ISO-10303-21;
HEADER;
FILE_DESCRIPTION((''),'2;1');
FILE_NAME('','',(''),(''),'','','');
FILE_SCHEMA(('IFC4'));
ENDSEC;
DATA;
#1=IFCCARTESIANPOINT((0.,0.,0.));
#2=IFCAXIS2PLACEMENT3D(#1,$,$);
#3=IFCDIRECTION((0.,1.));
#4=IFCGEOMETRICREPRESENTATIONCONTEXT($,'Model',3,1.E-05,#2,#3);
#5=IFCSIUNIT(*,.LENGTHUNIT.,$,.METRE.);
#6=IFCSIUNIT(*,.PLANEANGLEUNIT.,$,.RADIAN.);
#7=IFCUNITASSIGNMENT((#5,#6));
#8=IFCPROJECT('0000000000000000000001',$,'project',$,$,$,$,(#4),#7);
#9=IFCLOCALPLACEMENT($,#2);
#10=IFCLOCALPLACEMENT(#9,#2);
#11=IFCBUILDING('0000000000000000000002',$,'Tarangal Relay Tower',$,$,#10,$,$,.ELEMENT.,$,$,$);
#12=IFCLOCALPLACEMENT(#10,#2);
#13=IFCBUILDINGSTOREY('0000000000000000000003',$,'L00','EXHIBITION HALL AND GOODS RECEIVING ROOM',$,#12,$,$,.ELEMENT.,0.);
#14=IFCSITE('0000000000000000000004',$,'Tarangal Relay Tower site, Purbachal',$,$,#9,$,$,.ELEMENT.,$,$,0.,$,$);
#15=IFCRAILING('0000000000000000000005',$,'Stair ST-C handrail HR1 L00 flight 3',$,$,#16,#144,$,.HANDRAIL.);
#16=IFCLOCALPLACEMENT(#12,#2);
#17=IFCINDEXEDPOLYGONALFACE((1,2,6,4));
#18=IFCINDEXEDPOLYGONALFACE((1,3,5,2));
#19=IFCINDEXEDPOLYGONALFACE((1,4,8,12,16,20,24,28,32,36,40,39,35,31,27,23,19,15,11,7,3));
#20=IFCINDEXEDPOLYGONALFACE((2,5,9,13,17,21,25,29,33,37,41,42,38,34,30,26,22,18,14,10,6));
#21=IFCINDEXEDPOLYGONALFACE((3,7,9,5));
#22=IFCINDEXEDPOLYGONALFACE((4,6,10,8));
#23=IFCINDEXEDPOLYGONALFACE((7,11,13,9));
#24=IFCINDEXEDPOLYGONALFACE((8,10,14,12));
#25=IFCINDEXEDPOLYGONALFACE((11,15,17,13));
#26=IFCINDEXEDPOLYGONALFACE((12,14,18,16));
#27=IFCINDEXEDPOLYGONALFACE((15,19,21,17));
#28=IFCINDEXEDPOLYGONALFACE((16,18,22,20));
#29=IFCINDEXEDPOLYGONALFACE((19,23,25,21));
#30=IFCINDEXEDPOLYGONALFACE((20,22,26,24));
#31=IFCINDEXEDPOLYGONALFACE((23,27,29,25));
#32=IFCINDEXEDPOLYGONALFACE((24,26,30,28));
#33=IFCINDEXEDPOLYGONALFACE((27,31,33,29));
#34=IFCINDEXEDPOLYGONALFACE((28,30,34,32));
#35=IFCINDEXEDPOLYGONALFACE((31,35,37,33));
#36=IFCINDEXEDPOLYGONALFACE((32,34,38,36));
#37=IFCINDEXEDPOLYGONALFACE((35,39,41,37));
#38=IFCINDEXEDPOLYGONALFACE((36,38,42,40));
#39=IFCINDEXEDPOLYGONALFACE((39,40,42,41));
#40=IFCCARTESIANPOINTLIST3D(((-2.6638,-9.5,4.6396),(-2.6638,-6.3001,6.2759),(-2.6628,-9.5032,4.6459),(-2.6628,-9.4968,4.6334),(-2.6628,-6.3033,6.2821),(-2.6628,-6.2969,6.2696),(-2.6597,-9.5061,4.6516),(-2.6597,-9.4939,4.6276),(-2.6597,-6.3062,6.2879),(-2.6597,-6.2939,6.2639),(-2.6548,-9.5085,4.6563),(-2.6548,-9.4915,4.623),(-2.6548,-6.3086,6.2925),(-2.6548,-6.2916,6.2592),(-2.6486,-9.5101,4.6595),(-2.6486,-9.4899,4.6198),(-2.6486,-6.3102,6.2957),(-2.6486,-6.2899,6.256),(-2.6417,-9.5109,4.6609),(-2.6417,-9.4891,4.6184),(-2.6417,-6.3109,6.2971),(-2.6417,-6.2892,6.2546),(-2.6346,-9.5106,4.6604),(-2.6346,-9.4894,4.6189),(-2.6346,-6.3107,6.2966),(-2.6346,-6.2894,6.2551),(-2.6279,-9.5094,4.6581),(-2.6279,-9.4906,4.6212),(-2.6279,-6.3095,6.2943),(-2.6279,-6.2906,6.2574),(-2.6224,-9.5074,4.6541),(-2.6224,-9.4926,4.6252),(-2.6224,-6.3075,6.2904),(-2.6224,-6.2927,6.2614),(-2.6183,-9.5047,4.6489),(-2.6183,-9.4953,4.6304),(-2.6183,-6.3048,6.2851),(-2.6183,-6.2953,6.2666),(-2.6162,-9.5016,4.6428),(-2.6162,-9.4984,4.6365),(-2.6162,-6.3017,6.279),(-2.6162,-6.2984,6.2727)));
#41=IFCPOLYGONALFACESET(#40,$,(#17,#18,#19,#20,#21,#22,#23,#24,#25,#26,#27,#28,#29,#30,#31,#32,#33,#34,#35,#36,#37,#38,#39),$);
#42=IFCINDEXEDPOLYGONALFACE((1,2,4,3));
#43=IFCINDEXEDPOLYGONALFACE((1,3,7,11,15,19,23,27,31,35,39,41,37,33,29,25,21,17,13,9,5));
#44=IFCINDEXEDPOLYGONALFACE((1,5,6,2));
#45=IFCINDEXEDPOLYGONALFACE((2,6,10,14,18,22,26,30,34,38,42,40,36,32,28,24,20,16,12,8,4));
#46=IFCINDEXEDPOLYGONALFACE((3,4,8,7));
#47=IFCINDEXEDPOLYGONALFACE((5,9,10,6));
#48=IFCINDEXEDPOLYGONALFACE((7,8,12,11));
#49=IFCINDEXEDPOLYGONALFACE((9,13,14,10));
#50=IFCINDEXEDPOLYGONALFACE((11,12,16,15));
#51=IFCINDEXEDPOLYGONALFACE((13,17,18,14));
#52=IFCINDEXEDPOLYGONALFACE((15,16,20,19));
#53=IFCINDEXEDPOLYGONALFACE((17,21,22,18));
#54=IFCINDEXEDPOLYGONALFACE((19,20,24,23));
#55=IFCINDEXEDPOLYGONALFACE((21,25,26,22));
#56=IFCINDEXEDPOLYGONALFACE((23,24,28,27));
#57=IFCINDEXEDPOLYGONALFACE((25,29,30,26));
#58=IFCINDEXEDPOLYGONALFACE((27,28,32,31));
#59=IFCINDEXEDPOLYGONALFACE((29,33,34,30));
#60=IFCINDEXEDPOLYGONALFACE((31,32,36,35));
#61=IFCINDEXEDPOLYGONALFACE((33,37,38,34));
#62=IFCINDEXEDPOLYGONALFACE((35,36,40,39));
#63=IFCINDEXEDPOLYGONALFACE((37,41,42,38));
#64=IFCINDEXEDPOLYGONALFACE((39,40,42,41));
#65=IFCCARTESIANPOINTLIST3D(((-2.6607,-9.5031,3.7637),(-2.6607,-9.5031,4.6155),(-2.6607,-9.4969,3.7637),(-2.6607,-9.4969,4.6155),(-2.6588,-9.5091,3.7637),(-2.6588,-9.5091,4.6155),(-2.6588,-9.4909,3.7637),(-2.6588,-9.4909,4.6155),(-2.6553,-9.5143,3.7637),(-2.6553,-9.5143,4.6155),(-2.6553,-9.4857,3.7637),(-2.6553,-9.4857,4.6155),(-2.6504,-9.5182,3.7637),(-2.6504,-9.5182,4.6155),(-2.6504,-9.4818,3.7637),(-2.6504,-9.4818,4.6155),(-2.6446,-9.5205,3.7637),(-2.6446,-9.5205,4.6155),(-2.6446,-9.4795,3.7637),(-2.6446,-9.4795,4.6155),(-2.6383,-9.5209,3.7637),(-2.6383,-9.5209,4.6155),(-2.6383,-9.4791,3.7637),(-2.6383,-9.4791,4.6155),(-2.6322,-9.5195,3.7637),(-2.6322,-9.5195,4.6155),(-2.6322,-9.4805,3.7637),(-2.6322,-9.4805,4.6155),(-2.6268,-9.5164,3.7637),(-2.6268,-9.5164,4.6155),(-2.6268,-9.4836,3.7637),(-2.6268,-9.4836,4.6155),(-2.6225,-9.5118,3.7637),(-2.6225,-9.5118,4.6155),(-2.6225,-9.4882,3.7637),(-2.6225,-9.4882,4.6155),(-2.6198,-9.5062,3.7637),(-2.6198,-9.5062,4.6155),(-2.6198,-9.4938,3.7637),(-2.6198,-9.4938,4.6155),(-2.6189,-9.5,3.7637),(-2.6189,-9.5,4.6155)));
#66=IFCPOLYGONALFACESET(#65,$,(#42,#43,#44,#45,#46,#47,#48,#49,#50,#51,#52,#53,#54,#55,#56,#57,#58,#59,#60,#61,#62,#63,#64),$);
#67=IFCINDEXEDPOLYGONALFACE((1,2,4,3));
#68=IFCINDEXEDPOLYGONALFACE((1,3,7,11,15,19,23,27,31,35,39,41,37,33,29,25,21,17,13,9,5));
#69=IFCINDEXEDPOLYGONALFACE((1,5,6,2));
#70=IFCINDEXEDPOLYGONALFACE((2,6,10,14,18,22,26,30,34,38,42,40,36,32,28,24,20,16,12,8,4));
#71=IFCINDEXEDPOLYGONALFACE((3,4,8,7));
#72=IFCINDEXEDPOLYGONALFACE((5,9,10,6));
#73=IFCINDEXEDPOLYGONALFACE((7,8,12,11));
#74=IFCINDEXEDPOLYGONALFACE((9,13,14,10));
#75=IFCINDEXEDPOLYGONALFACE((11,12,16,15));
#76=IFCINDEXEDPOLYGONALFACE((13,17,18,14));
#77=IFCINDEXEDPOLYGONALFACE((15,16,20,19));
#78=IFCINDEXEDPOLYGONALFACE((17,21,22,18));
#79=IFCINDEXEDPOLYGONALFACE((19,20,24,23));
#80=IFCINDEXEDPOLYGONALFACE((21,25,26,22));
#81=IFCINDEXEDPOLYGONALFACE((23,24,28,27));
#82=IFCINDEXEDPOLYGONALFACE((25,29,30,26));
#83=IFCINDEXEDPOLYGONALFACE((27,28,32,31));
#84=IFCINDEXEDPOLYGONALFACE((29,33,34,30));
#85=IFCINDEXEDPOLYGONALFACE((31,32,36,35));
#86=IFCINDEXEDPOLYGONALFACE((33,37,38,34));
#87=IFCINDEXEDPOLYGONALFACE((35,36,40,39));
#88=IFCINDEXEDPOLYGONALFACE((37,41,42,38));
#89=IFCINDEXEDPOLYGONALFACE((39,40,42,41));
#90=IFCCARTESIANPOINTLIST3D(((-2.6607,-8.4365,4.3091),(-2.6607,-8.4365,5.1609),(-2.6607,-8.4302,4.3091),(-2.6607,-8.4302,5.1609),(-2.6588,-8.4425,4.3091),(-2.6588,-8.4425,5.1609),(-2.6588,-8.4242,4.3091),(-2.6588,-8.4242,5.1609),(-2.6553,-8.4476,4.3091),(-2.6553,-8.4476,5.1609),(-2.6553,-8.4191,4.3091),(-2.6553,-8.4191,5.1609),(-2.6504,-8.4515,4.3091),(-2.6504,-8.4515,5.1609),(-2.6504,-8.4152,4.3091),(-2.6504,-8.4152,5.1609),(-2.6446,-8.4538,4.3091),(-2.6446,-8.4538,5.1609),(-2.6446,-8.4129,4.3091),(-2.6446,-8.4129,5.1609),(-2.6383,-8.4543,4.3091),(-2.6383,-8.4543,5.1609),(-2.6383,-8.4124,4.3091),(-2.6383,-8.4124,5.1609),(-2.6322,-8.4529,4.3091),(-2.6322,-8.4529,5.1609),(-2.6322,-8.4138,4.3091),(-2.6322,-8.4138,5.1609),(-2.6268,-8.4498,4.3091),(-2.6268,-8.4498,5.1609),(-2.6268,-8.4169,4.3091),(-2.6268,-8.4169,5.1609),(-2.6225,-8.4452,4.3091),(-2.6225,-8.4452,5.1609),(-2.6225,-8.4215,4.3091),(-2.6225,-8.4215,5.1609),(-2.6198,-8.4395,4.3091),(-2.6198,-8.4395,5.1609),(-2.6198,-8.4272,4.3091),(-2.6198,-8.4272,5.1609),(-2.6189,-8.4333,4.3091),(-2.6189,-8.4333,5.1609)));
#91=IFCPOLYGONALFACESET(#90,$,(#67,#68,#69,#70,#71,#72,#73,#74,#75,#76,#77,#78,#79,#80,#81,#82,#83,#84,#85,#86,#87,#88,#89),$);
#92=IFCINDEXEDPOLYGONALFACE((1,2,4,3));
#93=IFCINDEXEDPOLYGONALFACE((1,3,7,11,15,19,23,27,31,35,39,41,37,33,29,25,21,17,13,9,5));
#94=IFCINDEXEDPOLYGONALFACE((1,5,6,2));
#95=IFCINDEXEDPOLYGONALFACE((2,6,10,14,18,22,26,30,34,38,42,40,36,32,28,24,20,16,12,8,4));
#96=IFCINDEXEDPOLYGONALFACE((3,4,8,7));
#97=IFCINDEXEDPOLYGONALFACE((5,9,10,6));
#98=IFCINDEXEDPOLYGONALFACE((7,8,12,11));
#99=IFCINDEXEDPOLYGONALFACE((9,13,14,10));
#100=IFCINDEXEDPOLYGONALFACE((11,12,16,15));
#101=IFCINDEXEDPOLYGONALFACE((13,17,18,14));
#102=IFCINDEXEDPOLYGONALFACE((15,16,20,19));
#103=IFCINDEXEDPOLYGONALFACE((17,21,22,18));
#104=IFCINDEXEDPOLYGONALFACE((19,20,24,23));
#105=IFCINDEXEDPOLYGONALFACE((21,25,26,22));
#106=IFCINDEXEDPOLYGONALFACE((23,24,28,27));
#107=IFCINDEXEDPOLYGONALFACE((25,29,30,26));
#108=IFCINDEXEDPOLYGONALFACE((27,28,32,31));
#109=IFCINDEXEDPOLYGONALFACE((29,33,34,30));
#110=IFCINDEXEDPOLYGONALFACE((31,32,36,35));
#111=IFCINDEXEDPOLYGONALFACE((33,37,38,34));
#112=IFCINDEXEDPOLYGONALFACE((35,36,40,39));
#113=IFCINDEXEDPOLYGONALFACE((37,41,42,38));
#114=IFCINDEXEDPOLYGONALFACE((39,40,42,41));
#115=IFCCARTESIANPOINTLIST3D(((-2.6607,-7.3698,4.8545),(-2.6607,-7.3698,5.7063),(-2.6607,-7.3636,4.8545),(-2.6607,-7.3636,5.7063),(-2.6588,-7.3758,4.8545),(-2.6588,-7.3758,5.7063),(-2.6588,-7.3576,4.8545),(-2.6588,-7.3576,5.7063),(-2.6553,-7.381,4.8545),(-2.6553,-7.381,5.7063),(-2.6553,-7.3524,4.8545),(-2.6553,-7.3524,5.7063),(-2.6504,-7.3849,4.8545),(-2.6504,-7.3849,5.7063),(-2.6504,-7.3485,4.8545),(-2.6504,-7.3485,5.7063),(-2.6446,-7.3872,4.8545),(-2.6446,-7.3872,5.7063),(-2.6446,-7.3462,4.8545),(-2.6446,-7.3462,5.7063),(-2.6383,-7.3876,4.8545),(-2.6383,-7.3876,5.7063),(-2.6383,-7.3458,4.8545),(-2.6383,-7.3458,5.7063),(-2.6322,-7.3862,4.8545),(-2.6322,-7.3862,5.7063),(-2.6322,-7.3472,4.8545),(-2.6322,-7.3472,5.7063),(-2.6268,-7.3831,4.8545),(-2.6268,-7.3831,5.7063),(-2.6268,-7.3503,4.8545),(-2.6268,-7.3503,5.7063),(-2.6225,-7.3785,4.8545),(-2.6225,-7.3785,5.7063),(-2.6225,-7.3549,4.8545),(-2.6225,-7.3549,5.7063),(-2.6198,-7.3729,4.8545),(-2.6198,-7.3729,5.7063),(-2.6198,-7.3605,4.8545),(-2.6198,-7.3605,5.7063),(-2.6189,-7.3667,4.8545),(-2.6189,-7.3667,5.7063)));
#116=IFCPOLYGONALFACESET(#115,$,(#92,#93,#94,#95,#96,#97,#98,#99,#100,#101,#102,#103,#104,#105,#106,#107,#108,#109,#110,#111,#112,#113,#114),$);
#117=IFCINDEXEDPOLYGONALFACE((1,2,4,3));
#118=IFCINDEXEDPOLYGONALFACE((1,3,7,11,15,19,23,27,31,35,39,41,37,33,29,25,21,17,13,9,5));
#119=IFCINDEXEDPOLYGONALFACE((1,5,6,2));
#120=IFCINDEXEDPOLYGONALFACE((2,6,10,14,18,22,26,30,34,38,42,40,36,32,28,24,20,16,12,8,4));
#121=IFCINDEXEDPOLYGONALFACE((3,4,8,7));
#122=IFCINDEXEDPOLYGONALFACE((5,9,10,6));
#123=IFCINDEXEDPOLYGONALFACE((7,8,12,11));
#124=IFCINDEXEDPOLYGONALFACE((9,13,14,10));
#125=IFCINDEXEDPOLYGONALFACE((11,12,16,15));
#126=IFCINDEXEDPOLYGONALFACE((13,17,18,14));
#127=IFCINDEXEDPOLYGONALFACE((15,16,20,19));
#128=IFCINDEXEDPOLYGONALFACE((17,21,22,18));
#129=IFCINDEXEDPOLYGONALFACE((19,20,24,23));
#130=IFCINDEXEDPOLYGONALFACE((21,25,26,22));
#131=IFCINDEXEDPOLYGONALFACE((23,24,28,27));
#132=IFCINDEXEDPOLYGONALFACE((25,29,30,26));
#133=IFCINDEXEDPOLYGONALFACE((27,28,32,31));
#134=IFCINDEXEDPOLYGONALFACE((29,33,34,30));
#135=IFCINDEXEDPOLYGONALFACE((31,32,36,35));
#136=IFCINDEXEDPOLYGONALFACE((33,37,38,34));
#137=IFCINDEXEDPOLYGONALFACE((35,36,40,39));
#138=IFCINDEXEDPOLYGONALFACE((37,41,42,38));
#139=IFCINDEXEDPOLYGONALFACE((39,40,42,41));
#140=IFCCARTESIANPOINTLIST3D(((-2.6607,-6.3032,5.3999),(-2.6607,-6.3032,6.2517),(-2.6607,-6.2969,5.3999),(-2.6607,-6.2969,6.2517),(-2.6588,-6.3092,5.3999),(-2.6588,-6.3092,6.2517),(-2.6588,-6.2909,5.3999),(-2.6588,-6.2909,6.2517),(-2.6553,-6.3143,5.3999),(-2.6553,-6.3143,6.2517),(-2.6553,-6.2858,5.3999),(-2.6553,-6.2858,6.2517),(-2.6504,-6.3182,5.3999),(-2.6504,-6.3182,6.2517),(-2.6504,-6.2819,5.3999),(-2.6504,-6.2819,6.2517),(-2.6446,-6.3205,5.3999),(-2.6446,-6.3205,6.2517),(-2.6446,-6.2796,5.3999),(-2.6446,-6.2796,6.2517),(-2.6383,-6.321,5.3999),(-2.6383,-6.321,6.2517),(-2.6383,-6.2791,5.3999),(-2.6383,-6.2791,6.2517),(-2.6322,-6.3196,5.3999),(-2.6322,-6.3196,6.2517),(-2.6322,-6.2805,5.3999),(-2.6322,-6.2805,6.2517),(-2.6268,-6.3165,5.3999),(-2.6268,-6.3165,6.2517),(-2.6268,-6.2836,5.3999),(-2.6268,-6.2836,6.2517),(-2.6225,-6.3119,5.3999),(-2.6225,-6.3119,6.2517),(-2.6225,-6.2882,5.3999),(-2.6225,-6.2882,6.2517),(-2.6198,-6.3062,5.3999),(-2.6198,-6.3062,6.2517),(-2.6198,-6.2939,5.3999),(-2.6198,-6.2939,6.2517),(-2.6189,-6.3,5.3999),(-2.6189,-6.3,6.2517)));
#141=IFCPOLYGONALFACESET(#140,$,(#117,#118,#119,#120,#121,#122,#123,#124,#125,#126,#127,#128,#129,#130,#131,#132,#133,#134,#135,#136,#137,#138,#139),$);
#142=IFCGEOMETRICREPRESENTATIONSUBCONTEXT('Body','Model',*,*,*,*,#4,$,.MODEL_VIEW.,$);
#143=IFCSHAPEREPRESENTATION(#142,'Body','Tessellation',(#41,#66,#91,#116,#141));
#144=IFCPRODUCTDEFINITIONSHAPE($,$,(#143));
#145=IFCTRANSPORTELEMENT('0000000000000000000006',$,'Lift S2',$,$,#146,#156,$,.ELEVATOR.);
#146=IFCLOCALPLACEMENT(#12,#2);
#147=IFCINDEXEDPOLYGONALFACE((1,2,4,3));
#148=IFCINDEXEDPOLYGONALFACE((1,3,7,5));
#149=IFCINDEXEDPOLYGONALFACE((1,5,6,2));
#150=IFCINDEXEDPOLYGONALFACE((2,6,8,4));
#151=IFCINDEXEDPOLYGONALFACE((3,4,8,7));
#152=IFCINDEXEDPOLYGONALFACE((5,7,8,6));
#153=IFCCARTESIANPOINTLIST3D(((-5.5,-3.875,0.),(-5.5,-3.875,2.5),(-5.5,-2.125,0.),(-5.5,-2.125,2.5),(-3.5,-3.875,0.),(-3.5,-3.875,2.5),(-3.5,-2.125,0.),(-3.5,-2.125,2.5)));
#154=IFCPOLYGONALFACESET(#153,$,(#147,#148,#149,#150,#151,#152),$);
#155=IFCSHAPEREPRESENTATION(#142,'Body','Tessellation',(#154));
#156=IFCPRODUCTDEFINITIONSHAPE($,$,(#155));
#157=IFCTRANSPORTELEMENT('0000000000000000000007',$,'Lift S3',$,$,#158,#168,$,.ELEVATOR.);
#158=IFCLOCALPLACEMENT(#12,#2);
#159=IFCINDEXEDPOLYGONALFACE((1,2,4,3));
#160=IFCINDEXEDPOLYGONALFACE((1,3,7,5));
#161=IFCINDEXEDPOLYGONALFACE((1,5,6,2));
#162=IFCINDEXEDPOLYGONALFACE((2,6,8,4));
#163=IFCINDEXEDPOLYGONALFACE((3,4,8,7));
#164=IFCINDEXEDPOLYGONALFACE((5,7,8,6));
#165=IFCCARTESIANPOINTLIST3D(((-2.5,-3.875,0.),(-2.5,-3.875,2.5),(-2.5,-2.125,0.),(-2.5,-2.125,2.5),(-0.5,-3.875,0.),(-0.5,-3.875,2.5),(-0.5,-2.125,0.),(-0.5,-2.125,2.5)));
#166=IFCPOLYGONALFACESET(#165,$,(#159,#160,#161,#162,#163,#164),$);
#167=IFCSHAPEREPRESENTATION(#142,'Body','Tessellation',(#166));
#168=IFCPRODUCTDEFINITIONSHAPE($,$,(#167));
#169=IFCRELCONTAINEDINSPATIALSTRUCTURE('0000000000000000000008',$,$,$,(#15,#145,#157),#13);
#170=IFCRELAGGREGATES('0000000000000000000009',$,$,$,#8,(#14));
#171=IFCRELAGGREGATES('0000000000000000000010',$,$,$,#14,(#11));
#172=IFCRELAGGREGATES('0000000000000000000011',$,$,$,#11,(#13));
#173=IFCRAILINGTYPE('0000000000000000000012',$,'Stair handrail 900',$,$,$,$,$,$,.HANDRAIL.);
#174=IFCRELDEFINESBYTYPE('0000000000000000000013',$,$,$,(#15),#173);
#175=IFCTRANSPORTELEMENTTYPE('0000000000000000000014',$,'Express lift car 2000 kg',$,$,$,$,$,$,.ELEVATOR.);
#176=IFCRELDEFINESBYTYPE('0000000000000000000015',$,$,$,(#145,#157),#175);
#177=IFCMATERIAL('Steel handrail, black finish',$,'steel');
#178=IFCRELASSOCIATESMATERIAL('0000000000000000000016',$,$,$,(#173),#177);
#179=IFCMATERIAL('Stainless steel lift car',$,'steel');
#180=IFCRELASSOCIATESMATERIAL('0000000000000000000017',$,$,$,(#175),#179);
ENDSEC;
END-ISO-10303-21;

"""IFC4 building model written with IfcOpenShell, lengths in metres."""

from ifc_helpers import new_model, si_unit, direction, frame, origin, origin_2d, place, context, subcontext, project, spatial, rectangle, circle, extrude, material, type_object, element, save


model = new_model("IFC4")

# Units and contexts
model_context = context("Model", 3, precision=1e-05, world=origin(), true_north=direction((0.0, 1.0)))
body_context = subcontext(model_context, "Body", "Model", "MODEL_VIEW")
ifc_project = project(units=[si_unit("LENGTHUNIT", "METRE"), si_unit("PLANEANGLEUNIT", "RADIAN")], contexts=[model_context])

# Site, building, storey
site_placement = place(None, origin())
site = spatial("IfcSite", under=ifc_project, at=site_placement, Name="Tarangal Relay Tower site, Purbachal", CompositionType="ELEMENT", RefElevation=0.0)
building_placement = place(site_placement, origin())
building = spatial("IfcBuilding", under=site, at=building_placement, Name="Tarangal Relay Tower", CompositionType="ELEMENT")
storey_placement = place(building_placement, origin())
storey = spatial("IfcBuildingStorey", under=building, at=storey_placement, Name="L00", Description="EXHIBITION HALL AND GOODS RECEIVING ROOM", CompositionType="ELEMENT", Elevation=0.0)

# Railing
ifc_material_1 = material(Name="Steel handrail, black finish", Category="steel")
railing_type_1 = type_object("IfcRailingType", Name="Stair handrail 900", PredefinedType="HANDRAIL", material=ifc_material_1)
railing_1_placement = place(storey_placement, frame((-2.6399, -9.5, 3.7637)))
element("IfcRailing", 1, at=railing_1_placement, inside=storey, type_object=railing_type_1, Name="Stair ST-C handrail HR1 L00 flight 3", PredefinedType="HANDRAIL", context=body_context, shape_type="SweptSolid", body=[
    extrude(circle(Radius=0.0239, at=origin_2d()), frame((0.0, 0.0, 0.876), z_axis=(0.0, 0.890356, 0.455265), x_axis=(-1.0, 0.0, 0.0)), (0.0, 0.0, 1.0), 3.594),
    extrude(circle(Radius=0.021, at=origin_2d()), origin(), (0.0, 0.0, 1.0), 0.8518),
    extrude(circle(Radius=0.021, at=origin_2d()), frame((0.0, 1.0667, 0.5454)), (0.0, 0.0, 1.0), 0.8518),
    extrude(circle(Radius=0.021, at=origin_2d()), frame((0.0, 2.1333, 1.0908)), (0.0, 0.0, 1.0), 0.8518),
    extrude(circle(Radius=0.021, at=origin_2d()), frame((0.0, 3.2, 1.6362)), (0.0, 0.0, 1.0), 0.8518),
])

# Transport elements
ifc_material_2 = material(Name="Stainless steel lift car", Category="steel")
transport_element_type = type_object("IfcTransportElementType", Name="Express lift car 2000 kg", PredefinedType="ELEVATOR", material=ifc_material_2)
for number, where, z_axis, x_axis, name in (
    (2, (-4.5, -3.0, 0.0), (0.0, 0.0, 1.0), (1.0, 0.0, 0.0), "Lift S2"),
    (3, (-1.5, -3.0, 0.0), (0.0, 0.0, 1.0), (1.0, 0.0, 0.0), "Lift S3"),
):
    element("IfcTransportElement", number, at=place(storey_placement, frame(where, z_axis=z_axis, x_axis=x_axis)), inside=storey, type_object=transport_element_type, Name=name, PredefinedType="ELEVATOR", context=body_context, shape_type="SweptSolid", body=[
        extrude(rectangle(XDim=2.0, YDim=1.75, at=origin_2d()), origin(), (0.0, 0.0, 1.0), 2.5),
    ])

save(model, "model.ifc")
